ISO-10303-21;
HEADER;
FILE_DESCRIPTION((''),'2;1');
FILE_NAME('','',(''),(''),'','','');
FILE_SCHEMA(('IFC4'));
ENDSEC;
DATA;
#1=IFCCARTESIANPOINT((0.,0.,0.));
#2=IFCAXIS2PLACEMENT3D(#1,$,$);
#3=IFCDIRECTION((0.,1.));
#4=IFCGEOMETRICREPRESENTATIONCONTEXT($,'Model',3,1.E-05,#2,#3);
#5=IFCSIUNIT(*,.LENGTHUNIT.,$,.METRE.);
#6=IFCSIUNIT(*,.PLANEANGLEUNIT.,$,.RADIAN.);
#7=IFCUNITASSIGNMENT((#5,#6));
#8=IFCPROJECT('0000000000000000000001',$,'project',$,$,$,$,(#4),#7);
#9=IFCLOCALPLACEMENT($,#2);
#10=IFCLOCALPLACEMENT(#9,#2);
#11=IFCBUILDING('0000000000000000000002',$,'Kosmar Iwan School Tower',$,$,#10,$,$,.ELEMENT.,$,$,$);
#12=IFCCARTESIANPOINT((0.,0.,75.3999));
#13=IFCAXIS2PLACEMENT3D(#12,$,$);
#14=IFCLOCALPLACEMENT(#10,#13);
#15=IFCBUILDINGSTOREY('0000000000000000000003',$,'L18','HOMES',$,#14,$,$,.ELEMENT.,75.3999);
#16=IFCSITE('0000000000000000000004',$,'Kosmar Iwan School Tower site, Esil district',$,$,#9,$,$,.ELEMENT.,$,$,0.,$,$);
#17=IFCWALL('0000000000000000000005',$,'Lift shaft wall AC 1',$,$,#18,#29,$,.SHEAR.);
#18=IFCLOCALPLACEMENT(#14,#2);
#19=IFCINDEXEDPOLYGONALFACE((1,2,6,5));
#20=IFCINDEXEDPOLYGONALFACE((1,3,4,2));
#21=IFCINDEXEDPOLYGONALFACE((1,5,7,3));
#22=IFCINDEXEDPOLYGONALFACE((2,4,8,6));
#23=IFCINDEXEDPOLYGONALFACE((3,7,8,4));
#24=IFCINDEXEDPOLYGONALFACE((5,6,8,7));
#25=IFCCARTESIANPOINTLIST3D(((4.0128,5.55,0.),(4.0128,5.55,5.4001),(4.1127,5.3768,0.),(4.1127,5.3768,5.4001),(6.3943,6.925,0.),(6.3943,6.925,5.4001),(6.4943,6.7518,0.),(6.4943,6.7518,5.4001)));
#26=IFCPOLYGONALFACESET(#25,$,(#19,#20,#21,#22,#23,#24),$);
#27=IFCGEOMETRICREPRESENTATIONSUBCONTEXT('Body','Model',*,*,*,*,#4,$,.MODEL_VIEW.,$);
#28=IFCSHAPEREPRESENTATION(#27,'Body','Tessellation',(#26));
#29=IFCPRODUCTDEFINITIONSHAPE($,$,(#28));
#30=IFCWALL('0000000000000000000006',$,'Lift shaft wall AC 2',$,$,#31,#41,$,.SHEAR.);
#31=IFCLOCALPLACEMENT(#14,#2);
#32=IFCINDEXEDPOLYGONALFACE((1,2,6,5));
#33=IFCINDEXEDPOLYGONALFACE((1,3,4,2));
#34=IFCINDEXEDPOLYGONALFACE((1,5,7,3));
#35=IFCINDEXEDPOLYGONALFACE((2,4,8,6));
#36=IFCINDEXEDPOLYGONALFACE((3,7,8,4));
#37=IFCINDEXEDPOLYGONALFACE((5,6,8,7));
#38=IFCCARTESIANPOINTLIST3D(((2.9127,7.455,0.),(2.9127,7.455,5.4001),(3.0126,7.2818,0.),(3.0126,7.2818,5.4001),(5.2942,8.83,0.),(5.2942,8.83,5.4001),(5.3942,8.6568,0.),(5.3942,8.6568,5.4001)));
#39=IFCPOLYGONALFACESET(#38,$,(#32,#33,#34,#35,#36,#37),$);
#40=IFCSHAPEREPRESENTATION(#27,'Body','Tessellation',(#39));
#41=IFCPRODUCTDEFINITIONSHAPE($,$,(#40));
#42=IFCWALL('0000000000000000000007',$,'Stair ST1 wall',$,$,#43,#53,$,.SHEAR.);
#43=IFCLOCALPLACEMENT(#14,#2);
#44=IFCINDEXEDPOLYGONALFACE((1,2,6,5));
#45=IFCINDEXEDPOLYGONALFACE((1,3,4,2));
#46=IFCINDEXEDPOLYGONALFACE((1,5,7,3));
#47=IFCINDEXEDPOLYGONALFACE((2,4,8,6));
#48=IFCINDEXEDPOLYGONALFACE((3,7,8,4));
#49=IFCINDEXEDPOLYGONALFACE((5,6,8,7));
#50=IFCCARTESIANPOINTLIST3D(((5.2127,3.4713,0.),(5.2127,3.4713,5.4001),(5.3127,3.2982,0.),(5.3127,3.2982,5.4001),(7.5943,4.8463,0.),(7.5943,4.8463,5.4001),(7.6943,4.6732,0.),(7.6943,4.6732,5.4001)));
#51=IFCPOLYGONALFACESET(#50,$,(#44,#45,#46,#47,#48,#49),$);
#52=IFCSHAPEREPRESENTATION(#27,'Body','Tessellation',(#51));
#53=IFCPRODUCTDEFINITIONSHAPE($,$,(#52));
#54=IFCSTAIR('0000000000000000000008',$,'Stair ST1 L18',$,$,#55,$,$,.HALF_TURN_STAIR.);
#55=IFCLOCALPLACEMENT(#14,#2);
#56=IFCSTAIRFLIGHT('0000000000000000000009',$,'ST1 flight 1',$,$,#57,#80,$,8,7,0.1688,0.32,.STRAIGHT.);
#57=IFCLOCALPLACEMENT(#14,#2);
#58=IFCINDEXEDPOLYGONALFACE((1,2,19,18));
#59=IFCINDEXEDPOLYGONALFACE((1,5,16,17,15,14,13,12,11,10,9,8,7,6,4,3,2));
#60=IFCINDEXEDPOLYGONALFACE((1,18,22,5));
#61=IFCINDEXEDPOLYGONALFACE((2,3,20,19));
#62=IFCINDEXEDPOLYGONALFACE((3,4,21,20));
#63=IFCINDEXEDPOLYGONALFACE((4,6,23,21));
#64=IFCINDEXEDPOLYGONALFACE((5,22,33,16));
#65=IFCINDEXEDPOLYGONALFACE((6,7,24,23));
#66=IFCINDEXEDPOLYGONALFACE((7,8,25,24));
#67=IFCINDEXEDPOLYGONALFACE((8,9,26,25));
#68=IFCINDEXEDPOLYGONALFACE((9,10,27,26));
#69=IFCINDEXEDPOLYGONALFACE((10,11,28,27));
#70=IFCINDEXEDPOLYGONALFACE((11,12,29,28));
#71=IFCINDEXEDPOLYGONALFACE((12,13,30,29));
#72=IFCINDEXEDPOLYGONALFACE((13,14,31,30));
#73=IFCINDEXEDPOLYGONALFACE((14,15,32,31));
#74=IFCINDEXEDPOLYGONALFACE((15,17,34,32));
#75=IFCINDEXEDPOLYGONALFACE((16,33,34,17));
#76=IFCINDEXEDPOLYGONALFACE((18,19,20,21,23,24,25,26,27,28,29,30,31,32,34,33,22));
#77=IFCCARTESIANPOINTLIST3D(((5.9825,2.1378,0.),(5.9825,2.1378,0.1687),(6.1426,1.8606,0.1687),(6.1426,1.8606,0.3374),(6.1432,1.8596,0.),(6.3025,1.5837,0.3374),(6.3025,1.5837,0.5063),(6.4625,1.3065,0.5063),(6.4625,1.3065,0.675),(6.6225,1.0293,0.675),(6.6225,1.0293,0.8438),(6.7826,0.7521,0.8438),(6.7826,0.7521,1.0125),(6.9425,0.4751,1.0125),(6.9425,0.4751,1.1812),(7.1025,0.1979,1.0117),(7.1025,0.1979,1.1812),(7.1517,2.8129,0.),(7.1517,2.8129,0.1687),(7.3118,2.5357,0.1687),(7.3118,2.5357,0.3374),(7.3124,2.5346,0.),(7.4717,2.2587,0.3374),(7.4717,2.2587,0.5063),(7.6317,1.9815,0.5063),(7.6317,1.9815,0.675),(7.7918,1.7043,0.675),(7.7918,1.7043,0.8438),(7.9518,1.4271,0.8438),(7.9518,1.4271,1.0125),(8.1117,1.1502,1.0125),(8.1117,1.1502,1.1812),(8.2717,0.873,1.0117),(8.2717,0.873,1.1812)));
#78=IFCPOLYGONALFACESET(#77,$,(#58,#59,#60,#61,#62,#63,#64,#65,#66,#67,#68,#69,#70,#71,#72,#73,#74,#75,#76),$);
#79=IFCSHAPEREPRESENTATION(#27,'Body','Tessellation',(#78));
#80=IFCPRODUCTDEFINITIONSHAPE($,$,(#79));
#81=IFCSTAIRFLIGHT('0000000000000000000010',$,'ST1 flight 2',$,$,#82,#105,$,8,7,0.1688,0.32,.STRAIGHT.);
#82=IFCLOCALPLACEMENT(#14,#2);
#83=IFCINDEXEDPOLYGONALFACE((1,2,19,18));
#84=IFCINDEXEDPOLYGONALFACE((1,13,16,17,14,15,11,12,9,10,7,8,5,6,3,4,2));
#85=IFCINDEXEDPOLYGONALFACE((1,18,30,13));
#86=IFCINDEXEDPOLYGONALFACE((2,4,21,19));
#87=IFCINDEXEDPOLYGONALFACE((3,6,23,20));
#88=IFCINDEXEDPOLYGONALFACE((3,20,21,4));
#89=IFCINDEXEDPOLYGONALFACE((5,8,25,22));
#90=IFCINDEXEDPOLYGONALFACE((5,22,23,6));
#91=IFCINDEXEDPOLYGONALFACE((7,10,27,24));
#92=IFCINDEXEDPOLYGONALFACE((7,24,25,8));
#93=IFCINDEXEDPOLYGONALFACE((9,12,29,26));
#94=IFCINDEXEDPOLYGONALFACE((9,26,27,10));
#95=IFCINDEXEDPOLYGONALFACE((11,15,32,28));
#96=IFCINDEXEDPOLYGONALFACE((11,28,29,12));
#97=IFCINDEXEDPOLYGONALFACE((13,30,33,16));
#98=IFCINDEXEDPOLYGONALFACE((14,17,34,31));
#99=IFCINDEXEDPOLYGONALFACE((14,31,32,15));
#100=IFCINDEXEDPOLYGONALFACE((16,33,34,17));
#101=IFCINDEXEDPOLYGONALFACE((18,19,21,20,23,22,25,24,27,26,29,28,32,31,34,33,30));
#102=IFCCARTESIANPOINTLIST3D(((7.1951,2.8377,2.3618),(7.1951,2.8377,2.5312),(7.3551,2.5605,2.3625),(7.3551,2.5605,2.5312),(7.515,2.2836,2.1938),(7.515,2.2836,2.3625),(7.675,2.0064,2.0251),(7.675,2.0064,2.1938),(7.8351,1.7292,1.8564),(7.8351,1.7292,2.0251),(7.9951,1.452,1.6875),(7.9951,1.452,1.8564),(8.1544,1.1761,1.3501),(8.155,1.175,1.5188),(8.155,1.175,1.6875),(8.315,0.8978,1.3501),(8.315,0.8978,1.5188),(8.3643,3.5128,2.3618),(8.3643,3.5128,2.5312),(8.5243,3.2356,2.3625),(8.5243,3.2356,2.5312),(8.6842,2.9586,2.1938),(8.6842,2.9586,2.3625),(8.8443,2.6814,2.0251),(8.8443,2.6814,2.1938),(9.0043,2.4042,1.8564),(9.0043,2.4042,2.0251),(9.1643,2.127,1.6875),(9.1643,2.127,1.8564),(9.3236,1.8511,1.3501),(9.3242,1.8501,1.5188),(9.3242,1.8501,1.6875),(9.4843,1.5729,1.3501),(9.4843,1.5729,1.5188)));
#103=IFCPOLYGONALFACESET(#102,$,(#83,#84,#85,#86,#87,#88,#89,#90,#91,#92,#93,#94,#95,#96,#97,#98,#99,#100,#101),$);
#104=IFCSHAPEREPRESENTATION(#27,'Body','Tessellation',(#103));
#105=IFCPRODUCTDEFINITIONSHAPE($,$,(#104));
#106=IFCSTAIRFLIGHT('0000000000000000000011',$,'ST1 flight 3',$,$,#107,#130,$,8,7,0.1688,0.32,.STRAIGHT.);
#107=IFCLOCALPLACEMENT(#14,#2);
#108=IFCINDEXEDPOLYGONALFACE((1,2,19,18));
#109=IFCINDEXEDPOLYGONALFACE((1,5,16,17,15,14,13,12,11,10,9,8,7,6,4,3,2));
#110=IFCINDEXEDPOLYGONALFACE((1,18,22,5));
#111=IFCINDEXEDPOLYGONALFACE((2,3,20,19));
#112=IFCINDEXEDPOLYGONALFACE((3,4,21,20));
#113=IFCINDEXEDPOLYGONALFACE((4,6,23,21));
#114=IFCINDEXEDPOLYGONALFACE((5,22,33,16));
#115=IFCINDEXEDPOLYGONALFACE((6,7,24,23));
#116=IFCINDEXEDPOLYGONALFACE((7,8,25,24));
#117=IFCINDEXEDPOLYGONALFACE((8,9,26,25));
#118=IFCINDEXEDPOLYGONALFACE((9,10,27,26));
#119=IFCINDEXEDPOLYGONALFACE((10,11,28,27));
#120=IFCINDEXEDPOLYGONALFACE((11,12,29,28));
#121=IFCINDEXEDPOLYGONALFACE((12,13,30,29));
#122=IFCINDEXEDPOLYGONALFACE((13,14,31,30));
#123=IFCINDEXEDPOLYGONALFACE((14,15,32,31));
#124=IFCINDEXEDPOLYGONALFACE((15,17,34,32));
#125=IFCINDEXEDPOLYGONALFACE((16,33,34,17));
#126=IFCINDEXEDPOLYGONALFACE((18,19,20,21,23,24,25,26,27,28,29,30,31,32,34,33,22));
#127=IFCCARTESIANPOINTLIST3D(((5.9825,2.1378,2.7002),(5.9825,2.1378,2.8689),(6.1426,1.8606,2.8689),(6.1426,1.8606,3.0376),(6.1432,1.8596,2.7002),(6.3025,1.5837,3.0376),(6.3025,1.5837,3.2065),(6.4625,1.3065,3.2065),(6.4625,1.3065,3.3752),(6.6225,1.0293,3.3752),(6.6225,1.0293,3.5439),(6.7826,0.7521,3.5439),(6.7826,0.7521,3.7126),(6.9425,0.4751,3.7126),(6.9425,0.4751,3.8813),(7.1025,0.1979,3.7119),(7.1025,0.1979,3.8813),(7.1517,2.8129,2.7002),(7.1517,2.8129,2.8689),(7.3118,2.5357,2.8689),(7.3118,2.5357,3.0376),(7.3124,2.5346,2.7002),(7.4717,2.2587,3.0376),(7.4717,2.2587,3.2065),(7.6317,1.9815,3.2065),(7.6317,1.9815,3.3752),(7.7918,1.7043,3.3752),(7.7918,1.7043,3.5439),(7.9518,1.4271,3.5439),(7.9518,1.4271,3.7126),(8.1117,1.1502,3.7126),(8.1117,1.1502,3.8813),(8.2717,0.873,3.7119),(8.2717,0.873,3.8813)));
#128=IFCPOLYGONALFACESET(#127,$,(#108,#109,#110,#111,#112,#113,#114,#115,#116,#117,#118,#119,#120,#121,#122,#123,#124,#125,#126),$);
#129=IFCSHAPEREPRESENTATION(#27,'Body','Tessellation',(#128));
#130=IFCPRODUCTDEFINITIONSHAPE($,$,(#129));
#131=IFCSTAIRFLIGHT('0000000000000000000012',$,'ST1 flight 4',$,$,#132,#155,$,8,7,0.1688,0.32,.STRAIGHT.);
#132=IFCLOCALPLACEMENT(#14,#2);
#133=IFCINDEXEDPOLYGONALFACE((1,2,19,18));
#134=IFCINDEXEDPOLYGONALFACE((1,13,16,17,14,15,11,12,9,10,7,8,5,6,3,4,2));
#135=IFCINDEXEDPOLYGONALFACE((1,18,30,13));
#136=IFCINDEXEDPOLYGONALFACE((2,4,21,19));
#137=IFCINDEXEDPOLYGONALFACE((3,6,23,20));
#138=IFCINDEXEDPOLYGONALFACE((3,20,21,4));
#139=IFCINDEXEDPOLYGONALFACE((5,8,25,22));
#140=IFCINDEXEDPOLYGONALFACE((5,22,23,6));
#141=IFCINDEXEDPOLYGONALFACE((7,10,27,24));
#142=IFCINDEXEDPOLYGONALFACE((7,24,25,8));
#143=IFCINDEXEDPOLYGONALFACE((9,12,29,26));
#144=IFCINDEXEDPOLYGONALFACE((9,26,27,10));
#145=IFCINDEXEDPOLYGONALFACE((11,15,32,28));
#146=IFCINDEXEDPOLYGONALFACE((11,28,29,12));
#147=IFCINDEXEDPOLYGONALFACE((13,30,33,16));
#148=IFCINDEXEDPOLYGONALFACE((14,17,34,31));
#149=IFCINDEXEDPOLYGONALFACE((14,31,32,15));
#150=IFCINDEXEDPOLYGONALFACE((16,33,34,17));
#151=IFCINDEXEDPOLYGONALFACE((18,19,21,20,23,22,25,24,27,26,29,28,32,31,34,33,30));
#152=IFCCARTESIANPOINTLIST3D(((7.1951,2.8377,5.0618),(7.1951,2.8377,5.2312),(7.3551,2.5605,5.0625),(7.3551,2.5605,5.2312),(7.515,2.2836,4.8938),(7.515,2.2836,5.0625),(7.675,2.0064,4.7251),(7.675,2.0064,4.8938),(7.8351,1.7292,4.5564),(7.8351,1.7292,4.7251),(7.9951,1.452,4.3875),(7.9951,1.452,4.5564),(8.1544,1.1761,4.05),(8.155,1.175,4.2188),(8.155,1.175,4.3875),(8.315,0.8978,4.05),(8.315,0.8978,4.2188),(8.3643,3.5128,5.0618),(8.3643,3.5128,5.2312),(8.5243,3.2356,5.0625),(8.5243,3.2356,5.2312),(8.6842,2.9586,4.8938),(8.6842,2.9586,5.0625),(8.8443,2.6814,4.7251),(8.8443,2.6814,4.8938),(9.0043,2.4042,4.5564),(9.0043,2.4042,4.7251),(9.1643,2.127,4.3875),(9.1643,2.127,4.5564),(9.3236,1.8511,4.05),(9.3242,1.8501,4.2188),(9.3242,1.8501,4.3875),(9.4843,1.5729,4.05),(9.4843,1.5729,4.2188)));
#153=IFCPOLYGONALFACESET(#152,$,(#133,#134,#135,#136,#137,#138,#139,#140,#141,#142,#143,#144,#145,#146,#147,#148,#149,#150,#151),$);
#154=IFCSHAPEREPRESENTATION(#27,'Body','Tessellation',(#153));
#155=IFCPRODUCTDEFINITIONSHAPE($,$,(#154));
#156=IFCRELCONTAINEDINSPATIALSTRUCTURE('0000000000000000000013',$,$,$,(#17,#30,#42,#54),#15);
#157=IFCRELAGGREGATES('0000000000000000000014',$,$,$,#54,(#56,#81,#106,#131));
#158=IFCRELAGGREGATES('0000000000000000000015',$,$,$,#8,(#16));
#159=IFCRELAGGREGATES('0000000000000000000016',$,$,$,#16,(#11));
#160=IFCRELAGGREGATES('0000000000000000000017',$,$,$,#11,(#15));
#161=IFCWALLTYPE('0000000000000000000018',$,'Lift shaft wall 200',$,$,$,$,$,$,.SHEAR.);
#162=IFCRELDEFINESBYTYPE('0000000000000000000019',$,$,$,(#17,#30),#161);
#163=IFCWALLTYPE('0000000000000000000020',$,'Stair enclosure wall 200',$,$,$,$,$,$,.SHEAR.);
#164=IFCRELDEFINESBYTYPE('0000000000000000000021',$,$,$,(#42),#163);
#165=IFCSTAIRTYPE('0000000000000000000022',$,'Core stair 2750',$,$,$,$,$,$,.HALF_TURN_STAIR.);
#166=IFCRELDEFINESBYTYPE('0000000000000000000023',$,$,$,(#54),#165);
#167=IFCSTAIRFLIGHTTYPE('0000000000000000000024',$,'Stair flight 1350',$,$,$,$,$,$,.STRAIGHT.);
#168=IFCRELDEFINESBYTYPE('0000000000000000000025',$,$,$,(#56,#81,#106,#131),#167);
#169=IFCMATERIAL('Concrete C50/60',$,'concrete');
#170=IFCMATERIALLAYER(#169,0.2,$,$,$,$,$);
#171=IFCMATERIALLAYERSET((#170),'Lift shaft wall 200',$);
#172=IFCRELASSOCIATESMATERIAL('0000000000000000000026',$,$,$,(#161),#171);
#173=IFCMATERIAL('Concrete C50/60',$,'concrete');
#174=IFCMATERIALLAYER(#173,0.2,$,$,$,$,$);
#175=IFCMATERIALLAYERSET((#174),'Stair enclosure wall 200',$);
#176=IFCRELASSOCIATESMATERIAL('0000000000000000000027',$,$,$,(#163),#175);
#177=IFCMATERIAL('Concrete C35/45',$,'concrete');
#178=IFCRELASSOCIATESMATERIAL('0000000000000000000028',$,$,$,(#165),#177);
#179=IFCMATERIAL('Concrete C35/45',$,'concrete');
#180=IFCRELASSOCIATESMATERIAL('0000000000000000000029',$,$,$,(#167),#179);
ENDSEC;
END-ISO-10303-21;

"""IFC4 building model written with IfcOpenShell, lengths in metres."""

from ifc_helpers import new_model, si_unit, direction, frame, frame_2d, origin, place, context, subcontext, project, spatial, polyline, rectangle, outline, extrude, material, layer, layer_set, type_object, element, aggregate, save


model = new_model("IFC4")

# Units and contexts
model_context = context("Model", 3, precision=1e-05, world=origin(), true_north=direction((0.0, 1.0)))
body_context = subcontext(model_context, "Body", "Model", "MODEL_VIEW")
ifc_project = project(units=[si_unit("LENGTHUNIT", "METRE"), si_unit("PLANEANGLEUNIT", "RADIAN")], contexts=[model_context])

# Site, building, storey
site_placement = place(None, origin())
site = spatial("IfcSite", under=ifc_project, at=site_placement, Name="Kosmar Iwan School Tower site, Esil district", CompositionType="ELEMENT", RefElevation=0.0)
building_placement = place(site_placement, origin())
building = spatial("IfcBuilding", under=site, at=building_placement, Name="Kosmar Iwan School Tower", CompositionType="ELEMENT")
storey_placement = place(building_placement, frame((0.0, 0.0, 75.3999)))
storey = spatial("IfcBuildingStorey", under=building, at=storey_placement, Name="L18", Description="HOMES", CompositionType="ELEMENT", Elevation=75.3999)

# Walls
ifc_material_1 = material(Name="Concrete C50/60", Category="concrete")
ifc_layer_1 = layer(ifc_material_1, 0.2)
ifc_layer_set_1 = layer_set([ifc_layer_1], Name="Lift shaft wall 200")
wall_type_1 = type_object("IfcWallType", Name="Lift shaft wall 200", PredefinedType="SHEAR", material=ifc_layer_set_1)
for number, where, z_axis, x_axis, name in (
    (1, (4.0627, 5.4634, 0.0), (0.0, 0.0, 1.0), (0.866027, 0.499997, 0.0), "Lift shaft wall AC 1"),
    (2, (2.9626, 7.3684, 0.0), (0.0, 0.0, 1.0), (0.866027, 0.499997, 0.0), "Lift shaft wall AC 2"),
):
    element("IfcWall", number, at=place(storey_placement, frame(where, z_axis=z_axis, x_axis=x_axis)), inside=storey, type_object=wall_type_1, Name=name, PredefinedType="SHEAR", context=body_context, shape_type="SweptSolid", body=[
        extrude(rectangle(XDim=2.75, YDim=0.2, at=frame_2d((1.375, 0.0))), origin(), (0.0, 0.0, 1.0), 5.4001),
    ])
ifc_material_2 = material(Name="Concrete C50/60", Category="concrete")
ifc_layer_2 = layer(ifc_material_2, 0.2)
ifc_layer_set_2 = layer_set([ifc_layer_2], Name="Stair enclosure wall 200")
wall_type_2 = type_object("IfcWallType", Name="Stair enclosure wall 200", PredefinedType="SHEAR", material=ifc_layer_set_2)
wall_1_placement = place(storey_placement, frame((5.2627, 3.3848, 0.0), z_axis=(0.0, 0.0, 1.0), x_axis=(0.866027, 0.499997, 0.0)))
element("IfcWall", 3, at=wall_1_placement, inside=storey, type_object=wall_type_2, Name="Stair ST1 wall", PredefinedType="SHEAR", context=body_context, shape_type="SweptSolid", body=[
    extrude(rectangle(XDim=2.75, YDim=0.2, at=frame_2d((1.375, 0.0))), origin(), (0.0, 0.0, 1.0), 5.4001),
])

# Stair, stair flights
ifc_material_3 = material(Name="Concrete C35/45", Category="concrete")
stair_type = type_object("IfcStairType", Name="Core stair 2750", PredefinedType="HALF_TURN_STAIR", material=ifc_material_3)
stair_placement = place(storey_placement, origin())
stair = element("IfcStair", 4, at=stair_placement, inside=storey, type_object=stair_type, Name="Stair ST1 L18", PredefinedType="HALF_TURN_STAIR")
ifc_material_4 = material(Name="Concrete C35/45", Category="concrete")
stair_flight_type = type_object("IfcStairFlightType", Name="Stair flight 1350", PredefinedType="STRAIGHT", material=ifc_material_4)
stair_flight_1_placement = place(storey_placement, frame((6.5671, 2.4753, 0.0), z_axis=(0.0, 0.0, 1.0), x_axis=(0.5, -0.866025, 0.0)))
stair_flight_1 = element("IfcStairFlight", 5, at=stair_flight_1_placement, type_object=stair_flight_type, Name="ST1 flight 1", NumberOfRisers=8, NumberOfTreads=7, PredefinedType="STRAIGHT", RiserHeight=0.1688, TreadLength=0.32, context=body_context, shape_type="SweptSolid", body=[
    extrude(outline(polyline([(0.0, 0.0), (0.0, 0.1687), (0.3201, 0.1687), (0.3201, 0.3374), (0.6399, 0.3374), (0.6399, 0.5063), (0.96, 0.5063), (0.96, 0.675), (1.28, 0.675), (1.28, 0.8438), (1.6001, 0.8438), (1.6001, 1.0125), (1.9199, 1.0125), (1.9199, 1.1812), (2.24, 1.1812), (2.24, 1.3501), (2.24, 1.0117), (0.3213, 0.0), (0.0, 0.0)])), frame((0.0, 0.675, 0.0), z_axis=(0.0, -1.0, 0.0), x_axis=(1.0, 0.0, 0.0)), (0.0, 0.0, 1.0), 1.3501),
])
stair_flight_2_placement = place(storey_placement, frame((8.8997, 1.2354, 1.3501), z_axis=(0.0, 0.0, 1.0), x_axis=(-0.5, 0.866025, 0.0)))
stair_flight_2 = element("IfcStairFlight", 6, at=stair_flight_2_placement, type_object=stair_flight_type, Name="ST1 flight 2", NumberOfRisers=8, NumberOfTreads=7, PredefinedType="STRAIGHT", RiserHeight=0.1688, TreadLength=0.32, context=body_context, shape_type="SweptSolid", body=[
    extrude(outline(polyline([(0.0, 0.0), (0.0, 0.1687), (0.3201, 0.1687), (0.3201, 0.3374), (0.6399, 0.3374), (0.6399, 0.5063), (0.96, 0.5063), (0.96, 0.675), (1.28, 0.675), (1.28, 0.8438), (1.6001, 0.8438), (1.6001, 1.0125), (1.9199, 1.0125), (1.9199, 1.1812), (2.24, 1.1812), (2.24, 1.3501), (2.24, 1.0117), (0.3213, 0.0), (0.0, 0.0)])), frame((0.0, 0.675, 0.0), z_axis=(0.0, -1.0, 0.0), x_axis=(1.0, 0.0, 0.0)), (0.0, 0.0, 1.0), 1.3501),
])
stair_flight_3_placement = place(storey_placement, frame((6.5671, 2.4753, 2.7002), z_axis=(0.0, 0.0, 1.0), x_axis=(0.5, -0.866025, 0.0)))
stair_flight_3 = element("IfcStairFlight", 7, at=stair_flight_3_placement, type_object=stair_flight_type, Name="ST1 flight 3", NumberOfRisers=8, NumberOfTreads=7, PredefinedType="STRAIGHT", RiserHeight=0.1688, TreadLength=0.32, context=body_context, shape_type="SweptSolid", body=[
    extrude(outline(polyline([(0.0, 0.0), (0.0, 0.1687), (0.3201, 0.1687), (0.3201, 0.3374), (0.6399, 0.3374), (0.6399, 0.5063), (0.96, 0.5063), (0.96, 0.675), (1.28, 0.675), (1.28, 0.8438), (1.6001, 0.8438), (1.6001, 1.0125), (1.9199, 1.0125), (1.9199, 1.1812), (2.24, 1.1812), (2.24, 1.3501), (2.24, 1.0117), (0.3213, 0.0), (0.0, 0.0)])), frame((0.0, 0.675, 0.0), z_axis=(0.0, -1.0, 0.0), x_axis=(1.0, 0.0, 0.0)), (0.0, 0.0, 1.0), 1.3501),
])
stair_flight_4_placement = place(storey_placement, frame((8.8997, 1.2354, 4.05), z_axis=(0.0, 0.0, 1.0), x_axis=(-0.5, 0.866025, 0.0)))
stair_flight_4 = element("IfcStairFlight", 8, at=stair_flight_4_placement, type_object=stair_flight_type, Name="ST1 flight 4", NumberOfRisers=8, NumberOfTreads=7, PredefinedType="STRAIGHT", RiserHeight=0.1688, TreadLength=0.32, context=body_context, shape_type="SweptSolid", body=[
    extrude(outline(polyline([(0.0, 0.0), (0.0, 0.1687), (0.3201, 0.1687), (0.3201, 0.3374), (0.6399, 0.3374), (0.6399, 0.5063), (0.96, 0.5063), (0.96, 0.675), (1.28, 0.675), (1.28, 0.8438), (1.6001, 0.8438), (1.6001, 1.0125), (1.9199, 1.0125), (1.9199, 1.1812), (2.24, 1.1812), (2.24, 1.3501), (2.24, 1.0117), (0.3213, 0.0), (0.0, 0.0)])), frame((0.0, 0.675, 0.0), z_axis=(0.0, -1.0, 0.0), x_axis=(1.0, 0.0, 0.0)), (0.0, 0.0, 1.0), 1.3501),
])
aggregate(stair, [stair_flight_1, stair_flight_2, stair_flight_3, stair_flight_4])

save(model, "model.ifc")
